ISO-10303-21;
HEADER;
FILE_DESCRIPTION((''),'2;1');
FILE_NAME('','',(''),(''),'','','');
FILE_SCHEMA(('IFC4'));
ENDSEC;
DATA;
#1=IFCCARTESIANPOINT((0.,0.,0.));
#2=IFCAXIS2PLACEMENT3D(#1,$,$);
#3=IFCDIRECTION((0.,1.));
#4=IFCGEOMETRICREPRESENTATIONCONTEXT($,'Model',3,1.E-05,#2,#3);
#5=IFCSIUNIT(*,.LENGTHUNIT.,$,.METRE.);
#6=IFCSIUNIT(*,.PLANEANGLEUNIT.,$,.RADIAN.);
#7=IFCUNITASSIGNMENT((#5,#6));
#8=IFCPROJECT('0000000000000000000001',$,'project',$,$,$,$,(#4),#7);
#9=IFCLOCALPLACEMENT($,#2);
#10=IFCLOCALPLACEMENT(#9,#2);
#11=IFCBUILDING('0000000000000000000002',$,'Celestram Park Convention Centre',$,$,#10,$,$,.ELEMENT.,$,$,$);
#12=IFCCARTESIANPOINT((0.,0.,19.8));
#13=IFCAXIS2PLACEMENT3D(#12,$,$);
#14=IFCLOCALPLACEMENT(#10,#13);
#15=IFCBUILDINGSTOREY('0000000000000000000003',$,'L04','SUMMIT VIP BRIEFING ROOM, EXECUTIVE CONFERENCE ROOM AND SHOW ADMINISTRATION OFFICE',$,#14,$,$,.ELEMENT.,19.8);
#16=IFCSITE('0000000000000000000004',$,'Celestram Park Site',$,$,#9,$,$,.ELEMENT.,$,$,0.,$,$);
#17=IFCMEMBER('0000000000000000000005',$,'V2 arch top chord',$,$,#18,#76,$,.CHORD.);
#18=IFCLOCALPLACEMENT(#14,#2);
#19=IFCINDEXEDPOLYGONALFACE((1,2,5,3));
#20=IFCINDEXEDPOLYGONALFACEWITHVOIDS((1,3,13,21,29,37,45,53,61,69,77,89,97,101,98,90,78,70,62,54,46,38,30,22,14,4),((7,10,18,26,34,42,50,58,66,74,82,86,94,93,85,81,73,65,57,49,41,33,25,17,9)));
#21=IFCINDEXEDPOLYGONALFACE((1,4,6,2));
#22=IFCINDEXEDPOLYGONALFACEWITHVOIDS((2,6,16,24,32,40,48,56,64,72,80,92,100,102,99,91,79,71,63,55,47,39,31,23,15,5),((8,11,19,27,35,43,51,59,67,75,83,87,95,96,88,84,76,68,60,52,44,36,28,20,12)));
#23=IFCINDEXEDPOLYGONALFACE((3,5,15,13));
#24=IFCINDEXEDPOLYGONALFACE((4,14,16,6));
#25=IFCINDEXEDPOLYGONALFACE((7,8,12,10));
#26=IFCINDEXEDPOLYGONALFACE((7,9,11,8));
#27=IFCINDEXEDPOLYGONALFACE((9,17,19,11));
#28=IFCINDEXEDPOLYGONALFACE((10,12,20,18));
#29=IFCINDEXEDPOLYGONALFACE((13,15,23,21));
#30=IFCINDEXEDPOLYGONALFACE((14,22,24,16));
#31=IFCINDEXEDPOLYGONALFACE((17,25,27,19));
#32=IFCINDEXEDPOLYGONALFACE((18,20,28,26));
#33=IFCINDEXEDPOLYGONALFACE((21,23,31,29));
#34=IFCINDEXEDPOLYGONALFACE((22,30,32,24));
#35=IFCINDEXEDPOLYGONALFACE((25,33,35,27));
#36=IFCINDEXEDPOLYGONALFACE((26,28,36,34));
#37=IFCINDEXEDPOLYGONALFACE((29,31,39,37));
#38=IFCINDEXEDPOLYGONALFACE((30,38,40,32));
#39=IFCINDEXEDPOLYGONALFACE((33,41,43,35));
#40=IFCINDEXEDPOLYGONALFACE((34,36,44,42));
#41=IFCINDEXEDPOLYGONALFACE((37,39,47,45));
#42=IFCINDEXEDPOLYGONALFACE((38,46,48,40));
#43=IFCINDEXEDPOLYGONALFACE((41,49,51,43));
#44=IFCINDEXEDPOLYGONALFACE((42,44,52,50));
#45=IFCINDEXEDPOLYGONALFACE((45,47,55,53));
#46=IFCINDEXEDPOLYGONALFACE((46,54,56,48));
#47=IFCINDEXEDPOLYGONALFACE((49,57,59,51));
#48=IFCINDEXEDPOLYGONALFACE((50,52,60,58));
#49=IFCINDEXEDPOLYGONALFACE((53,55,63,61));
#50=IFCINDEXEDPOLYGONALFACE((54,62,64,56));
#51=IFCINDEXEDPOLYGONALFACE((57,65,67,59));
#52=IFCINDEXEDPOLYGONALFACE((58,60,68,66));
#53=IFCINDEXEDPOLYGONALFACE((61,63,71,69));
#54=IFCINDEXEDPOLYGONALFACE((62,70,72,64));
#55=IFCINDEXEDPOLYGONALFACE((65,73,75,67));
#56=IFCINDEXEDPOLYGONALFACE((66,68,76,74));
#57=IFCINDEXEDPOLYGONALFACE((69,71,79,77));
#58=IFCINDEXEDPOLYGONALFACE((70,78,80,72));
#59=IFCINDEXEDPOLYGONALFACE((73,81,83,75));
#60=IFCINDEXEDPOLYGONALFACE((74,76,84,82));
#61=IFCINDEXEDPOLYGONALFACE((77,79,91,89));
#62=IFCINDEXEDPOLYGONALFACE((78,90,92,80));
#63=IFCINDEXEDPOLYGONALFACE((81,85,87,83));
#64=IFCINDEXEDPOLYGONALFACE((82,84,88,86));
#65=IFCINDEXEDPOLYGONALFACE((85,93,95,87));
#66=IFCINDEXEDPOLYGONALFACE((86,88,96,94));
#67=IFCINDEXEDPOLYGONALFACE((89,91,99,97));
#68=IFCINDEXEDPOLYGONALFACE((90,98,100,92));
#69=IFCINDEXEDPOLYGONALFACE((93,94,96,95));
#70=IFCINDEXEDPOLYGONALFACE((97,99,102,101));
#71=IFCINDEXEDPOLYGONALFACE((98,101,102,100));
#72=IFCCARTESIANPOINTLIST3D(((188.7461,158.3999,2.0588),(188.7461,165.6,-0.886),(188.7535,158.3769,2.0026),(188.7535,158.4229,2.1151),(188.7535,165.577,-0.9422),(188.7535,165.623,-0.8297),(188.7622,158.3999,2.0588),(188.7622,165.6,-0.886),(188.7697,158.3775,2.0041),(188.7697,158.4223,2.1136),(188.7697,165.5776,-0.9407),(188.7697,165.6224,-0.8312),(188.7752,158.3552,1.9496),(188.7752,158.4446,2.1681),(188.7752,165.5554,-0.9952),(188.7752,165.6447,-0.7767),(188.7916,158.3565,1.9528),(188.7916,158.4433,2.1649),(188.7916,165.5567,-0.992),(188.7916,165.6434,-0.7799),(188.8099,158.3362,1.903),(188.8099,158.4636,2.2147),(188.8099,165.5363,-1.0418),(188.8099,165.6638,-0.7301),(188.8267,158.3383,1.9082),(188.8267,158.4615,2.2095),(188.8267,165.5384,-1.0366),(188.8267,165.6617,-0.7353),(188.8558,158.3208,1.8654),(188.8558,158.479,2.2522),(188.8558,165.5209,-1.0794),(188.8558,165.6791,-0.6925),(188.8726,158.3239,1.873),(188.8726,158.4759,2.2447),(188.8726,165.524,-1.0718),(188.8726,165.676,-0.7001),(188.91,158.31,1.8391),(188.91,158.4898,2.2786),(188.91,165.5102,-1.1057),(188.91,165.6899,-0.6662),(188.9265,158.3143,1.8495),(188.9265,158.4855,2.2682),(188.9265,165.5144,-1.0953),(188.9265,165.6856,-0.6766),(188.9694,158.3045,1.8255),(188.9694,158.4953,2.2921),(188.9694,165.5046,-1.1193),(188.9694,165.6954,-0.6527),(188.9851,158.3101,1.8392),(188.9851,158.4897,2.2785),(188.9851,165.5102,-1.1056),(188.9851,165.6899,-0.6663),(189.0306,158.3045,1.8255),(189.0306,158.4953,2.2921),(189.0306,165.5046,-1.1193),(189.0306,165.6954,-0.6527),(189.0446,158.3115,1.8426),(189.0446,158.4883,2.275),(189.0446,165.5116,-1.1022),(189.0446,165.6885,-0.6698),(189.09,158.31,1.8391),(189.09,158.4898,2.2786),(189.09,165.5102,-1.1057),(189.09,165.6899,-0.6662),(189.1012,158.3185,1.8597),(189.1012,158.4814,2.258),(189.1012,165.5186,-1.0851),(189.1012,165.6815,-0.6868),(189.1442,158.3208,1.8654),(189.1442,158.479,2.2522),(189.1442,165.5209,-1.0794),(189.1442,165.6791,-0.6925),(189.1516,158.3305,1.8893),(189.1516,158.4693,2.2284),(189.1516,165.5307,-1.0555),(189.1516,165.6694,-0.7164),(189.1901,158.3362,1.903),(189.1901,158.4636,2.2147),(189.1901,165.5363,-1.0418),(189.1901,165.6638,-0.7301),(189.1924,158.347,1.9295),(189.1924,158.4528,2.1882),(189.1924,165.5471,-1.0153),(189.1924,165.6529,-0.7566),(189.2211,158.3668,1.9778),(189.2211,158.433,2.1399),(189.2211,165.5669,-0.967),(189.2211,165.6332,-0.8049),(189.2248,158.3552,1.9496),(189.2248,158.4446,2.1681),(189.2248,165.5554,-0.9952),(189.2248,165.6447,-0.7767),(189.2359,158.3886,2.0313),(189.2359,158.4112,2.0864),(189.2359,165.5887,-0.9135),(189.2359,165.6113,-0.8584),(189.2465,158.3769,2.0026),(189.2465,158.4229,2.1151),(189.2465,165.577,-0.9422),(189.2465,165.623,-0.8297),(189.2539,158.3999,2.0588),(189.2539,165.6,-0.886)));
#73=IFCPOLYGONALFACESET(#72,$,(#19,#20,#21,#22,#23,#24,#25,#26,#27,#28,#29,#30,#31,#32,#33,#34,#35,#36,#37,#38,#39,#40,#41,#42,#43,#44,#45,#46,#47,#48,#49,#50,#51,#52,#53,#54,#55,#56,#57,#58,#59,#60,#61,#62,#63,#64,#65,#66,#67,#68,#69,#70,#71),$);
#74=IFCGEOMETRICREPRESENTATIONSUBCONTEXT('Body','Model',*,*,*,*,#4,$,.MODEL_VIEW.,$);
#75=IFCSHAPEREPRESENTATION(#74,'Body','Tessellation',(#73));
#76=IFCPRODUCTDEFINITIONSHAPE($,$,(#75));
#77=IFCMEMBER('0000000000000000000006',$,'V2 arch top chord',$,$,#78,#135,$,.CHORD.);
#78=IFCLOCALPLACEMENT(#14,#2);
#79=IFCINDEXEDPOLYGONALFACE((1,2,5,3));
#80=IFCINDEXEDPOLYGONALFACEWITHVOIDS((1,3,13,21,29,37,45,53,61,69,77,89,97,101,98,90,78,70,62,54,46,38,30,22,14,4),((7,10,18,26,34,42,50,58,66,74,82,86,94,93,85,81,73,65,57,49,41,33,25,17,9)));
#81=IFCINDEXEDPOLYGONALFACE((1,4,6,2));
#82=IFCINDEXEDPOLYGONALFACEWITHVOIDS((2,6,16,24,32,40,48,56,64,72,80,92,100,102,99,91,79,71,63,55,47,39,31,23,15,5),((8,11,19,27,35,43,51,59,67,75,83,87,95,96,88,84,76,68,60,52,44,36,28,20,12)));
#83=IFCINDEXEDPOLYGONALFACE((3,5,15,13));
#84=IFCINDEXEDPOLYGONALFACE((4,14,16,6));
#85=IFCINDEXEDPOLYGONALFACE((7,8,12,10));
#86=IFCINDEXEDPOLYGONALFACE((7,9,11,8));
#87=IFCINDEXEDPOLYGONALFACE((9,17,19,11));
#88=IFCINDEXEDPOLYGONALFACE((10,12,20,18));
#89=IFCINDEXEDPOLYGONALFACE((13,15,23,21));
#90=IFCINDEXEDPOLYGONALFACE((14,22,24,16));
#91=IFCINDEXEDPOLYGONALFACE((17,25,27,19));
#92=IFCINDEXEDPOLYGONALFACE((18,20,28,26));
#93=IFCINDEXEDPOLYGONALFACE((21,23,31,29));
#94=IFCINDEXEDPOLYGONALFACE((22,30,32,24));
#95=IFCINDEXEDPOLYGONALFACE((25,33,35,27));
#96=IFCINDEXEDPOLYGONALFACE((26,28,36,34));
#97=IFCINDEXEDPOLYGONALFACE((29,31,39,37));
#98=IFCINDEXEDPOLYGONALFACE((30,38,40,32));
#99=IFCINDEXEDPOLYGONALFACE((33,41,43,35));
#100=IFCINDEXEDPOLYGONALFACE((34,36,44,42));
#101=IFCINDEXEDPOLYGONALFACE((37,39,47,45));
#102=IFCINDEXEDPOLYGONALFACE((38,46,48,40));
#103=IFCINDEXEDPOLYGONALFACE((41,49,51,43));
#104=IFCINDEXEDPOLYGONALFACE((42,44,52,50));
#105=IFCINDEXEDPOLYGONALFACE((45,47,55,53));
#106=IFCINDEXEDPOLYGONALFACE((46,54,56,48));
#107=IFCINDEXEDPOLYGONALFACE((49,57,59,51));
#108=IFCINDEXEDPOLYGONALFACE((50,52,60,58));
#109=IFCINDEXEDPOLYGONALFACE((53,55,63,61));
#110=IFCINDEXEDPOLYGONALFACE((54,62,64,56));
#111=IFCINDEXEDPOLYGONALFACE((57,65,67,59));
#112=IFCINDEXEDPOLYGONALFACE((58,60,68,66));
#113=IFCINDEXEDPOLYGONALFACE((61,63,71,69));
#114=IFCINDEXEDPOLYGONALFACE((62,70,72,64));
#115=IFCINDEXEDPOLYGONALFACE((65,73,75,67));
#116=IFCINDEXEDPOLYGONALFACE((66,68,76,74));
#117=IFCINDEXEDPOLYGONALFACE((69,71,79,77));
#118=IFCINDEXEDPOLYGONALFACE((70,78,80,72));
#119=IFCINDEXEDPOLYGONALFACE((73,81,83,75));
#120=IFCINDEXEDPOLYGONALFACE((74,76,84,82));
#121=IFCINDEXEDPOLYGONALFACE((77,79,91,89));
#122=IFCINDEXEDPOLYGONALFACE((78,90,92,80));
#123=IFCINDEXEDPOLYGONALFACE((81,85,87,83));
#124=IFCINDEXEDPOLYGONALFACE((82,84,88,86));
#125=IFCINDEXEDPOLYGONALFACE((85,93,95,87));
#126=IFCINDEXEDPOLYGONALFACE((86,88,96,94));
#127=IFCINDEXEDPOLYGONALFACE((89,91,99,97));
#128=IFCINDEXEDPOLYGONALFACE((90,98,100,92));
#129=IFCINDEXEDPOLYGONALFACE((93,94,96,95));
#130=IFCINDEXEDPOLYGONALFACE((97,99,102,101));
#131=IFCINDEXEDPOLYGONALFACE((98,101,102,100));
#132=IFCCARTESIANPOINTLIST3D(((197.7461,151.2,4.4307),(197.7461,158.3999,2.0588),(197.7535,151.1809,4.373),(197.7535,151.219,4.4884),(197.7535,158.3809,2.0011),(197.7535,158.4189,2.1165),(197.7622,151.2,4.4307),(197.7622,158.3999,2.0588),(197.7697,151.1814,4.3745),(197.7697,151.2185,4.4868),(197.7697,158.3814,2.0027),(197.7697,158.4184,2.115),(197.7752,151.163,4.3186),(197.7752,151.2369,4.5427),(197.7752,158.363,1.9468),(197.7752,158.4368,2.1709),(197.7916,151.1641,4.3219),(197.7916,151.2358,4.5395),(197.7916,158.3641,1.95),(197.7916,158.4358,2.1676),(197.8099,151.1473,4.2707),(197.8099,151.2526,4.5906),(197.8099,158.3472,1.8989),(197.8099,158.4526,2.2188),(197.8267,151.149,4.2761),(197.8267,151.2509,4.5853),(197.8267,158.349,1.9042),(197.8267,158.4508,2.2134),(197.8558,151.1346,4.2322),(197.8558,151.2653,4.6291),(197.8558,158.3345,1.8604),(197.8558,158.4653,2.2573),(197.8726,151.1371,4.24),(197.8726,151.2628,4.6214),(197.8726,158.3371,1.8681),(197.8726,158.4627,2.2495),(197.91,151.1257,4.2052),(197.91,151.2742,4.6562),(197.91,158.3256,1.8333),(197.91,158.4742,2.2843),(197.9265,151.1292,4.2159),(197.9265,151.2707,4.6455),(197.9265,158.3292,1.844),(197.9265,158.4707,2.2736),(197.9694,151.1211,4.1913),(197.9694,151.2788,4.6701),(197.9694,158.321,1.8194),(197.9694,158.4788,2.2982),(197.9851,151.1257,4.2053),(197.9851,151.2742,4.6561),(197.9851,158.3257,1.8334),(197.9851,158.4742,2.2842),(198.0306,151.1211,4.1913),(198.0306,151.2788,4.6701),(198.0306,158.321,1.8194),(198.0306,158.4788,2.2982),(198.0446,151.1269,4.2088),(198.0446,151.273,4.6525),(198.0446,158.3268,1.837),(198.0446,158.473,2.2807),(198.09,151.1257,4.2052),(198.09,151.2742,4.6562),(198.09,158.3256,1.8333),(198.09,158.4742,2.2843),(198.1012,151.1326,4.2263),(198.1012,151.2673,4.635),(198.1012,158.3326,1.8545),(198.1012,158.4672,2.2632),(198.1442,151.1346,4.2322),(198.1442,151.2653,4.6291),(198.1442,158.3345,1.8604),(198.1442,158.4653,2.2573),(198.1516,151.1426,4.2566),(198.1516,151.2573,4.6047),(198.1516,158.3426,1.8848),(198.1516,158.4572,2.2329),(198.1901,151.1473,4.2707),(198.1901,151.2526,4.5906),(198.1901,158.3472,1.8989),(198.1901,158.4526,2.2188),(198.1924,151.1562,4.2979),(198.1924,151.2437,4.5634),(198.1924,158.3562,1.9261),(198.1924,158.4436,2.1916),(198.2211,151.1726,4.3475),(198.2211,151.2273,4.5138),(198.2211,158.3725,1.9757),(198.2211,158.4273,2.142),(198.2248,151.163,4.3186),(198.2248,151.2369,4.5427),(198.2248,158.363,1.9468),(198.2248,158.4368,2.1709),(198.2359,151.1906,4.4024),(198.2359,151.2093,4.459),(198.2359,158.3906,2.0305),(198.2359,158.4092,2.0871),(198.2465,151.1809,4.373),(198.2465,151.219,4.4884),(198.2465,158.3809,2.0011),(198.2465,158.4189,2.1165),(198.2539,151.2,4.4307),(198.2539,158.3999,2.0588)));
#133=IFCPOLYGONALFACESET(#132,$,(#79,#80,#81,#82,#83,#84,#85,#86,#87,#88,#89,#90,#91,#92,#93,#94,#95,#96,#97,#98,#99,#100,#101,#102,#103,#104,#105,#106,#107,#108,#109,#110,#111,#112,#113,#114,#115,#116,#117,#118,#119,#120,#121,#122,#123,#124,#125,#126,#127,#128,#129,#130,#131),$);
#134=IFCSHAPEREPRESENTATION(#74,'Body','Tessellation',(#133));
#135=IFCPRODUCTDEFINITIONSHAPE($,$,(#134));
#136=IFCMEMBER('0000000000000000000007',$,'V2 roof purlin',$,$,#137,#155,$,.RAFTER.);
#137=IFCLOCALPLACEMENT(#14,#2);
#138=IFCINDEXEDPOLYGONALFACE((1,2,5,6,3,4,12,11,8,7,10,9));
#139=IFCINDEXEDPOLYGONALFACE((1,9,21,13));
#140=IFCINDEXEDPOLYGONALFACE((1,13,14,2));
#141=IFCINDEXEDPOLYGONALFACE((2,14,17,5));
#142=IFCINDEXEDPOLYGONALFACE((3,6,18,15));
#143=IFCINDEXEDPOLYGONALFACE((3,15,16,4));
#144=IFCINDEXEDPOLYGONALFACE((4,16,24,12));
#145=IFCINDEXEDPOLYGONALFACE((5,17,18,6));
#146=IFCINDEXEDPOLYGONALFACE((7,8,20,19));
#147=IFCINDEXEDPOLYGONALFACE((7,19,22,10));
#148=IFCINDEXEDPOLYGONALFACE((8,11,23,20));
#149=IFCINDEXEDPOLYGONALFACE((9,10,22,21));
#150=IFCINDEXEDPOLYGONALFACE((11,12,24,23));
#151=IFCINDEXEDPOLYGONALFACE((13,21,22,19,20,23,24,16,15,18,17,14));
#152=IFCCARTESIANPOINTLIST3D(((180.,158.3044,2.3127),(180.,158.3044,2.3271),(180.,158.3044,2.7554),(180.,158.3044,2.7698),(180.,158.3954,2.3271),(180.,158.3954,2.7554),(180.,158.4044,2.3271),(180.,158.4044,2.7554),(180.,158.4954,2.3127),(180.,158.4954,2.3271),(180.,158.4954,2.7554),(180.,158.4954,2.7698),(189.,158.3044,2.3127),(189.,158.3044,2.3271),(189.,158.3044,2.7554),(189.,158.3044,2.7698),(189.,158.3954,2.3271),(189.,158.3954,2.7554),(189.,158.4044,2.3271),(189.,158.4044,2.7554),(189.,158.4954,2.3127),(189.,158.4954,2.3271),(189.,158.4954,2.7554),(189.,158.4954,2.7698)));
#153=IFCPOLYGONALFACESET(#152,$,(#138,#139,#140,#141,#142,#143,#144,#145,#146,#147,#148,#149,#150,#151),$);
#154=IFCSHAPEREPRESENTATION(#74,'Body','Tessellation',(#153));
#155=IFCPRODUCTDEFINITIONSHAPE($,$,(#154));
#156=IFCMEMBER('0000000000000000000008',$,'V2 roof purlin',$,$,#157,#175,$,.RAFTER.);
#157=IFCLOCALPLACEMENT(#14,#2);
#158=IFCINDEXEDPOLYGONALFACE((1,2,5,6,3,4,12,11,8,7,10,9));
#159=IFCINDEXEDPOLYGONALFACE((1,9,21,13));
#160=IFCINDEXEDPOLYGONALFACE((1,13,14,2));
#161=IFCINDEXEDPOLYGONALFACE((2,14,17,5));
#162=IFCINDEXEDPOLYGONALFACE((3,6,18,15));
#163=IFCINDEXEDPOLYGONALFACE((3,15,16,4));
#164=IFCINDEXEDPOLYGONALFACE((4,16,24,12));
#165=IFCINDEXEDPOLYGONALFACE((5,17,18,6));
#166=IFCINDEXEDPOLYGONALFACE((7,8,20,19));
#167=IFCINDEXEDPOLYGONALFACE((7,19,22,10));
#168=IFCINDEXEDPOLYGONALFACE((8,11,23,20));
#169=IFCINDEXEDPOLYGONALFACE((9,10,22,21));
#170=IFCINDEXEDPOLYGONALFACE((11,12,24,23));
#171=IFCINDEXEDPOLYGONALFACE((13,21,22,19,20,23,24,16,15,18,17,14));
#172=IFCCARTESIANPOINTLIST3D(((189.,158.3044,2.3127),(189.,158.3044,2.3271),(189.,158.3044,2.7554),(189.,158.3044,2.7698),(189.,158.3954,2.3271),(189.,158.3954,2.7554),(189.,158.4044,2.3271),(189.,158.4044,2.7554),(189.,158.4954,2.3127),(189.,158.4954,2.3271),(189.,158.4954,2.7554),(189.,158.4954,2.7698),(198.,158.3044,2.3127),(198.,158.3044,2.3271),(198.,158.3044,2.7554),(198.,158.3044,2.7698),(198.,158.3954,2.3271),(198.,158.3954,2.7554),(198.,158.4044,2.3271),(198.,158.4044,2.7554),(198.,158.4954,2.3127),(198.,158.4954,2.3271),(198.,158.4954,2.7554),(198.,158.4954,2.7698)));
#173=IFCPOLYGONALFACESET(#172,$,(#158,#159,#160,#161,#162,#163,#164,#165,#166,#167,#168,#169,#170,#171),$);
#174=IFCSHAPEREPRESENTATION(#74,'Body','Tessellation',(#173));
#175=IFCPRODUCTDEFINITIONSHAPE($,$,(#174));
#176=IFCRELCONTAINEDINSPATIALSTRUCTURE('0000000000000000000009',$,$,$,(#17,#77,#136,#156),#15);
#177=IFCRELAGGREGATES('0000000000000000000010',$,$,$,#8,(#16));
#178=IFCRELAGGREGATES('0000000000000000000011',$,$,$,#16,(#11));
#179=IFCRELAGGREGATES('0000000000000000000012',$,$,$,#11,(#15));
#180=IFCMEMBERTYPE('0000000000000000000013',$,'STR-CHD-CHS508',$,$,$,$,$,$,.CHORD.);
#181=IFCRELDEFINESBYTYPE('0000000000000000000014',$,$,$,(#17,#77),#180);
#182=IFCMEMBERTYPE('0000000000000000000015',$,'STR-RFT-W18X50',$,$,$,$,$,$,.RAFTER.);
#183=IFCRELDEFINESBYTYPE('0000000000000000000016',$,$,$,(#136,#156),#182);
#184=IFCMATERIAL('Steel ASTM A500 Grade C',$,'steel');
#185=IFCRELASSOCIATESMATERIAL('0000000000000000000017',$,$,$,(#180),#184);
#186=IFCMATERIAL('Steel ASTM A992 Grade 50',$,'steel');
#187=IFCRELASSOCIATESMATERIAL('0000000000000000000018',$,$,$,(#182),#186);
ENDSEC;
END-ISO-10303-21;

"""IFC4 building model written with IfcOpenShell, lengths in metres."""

from ifc_helpers import new_model, si_unit, direction, frame, origin, origin_2d, place, context, subcontext, project, spatial, hollow_circle, i_section, extrude, material, material_profile, profile_set, type_object, element, save


model = new_model("IFC4")

# Units and contexts
model_context = context("Model", 3, precision=1e-05, world=origin(), true_north=direction((0.0, 1.0)))
body_context = subcontext(model_context, "Body", "Model", "MODEL_VIEW")
ifc_project = project(units=[si_unit("LENGTHUNIT", "METRE"), si_unit("PLANEANGLEUNIT", "RADIAN")], contexts=[model_context])

# Site, building, storey
site_placement = place(None, origin())
site = spatial("IfcSite", under=ifc_project, at=site_placement, Name="Celestram Park Site", CompositionType="ELEMENT", RefElevation=0.0)
building_placement = place(site_placement, origin())
building = spatial("IfcBuilding", under=site, at=building_placement, Name="Celestram Park Convention Centre", CompositionType="ELEMENT")
storey_placement = place(building_placement, frame((0.0, 0.0, 19.8)))
storey = spatial("IfcBuildingStorey", under=building, at=storey_placement, Name="L04", Description="SUMMIT VIP BRIEFING ROOM, EXECUTIVE CONFERENCE ROOM AND SHOW ADMINISTRATION OFFICE", CompositionType="ELEMENT", Elevation=19.8)

# Members
ifc_material_1 = material(Name="Steel ASTM A500 Grade C", Category="steel")
ifc_material_profile_1 = material_profile(ifc_material_1, hollow_circle(Radius=0.2539, WallThickness=0.0161, at=origin_2d()), Name="CHS508X16")
ifc_profile_set_1 = profile_set([ifc_material_profile_1], Name="Steel ASTM A500 Grade C")
member_type_1 = type_object("IfcMemberType", Name="STR-CHD-CHS508", PredefinedType="CHORD", material=ifc_profile_set_1)
member_1_placement = place(storey_placement, frame((189.0, 158.3999, 2.0588), z_axis=(0.0, 0.925579, -0.378555), x_axis=(-1.0, 0.0, 0.0)))
element("IfcMember", 1, at=member_1_placement, inside=storey, type_object=member_type_1, Name="V2 arch top chord", PredefinedType="CHORD", context=body_context, shape_type="SweptSolid", body=[
    extrude(hollow_circle(Radius=0.2539, WallThickness=0.0161, at=origin_2d()), origin(), (0.0, 0.0, 1.0), 7.7791),
])
member_2_placement = place(storey_placement, frame((198.0, 151.2, 4.4307), z_axis=(0.0, 0.949792, -0.312883), x_axis=(-1.0, 0.0, 0.0)))
element("IfcMember", 2, at=member_2_placement, inside=storey, type_object=member_type_1, Name="V2 arch top chord", PredefinedType="CHORD", context=body_context, shape_type="SweptSolid", body=[
    extrude(hollow_circle(Radius=0.2539, WallThickness=0.0161, at=origin_2d()), origin(), (0.0, 0.0, 1.0), 7.5806),
])
ifc_material_2 = material(Name="Steel ASTM A992 Grade 50", Category="steel")
ifc_material_profile_2 = material_profile(ifc_material_2, i_section(OverallWidth=0.1909, OverallDepth=0.457, WebThickness=0.009, FlangeThickness=0.0144, at=origin_2d()), Name="W18X50")
ifc_profile_set_2 = profile_set([ifc_material_profile_2], Name="Steel ASTM A992 Grade 50")
member_type_2 = type_object("IfcMemberType", Name="STR-RFT-W18X50", PredefinedType="RAFTER", material=ifc_profile_set_2)
for number, where, z_axis, x_axis, name in (
    (3, (180.0, 158.3999, 2.5413), (1.0, 0.0, 0.0), (0.0, 1.0, 0.0), "V2 roof purlin"),
    (4, (189.0, 158.3999, 2.5413), (1.0, 0.0, 0.0), (0.0, 1.0, 0.0), "V2 roof purlin"),
):
    element("IfcMember", number, at=place(storey_placement, frame(where, z_axis=z_axis, x_axis=x_axis)), inside=storey, type_object=member_type_2, Name=name, PredefinedType="RAFTER", context=body_context, shape_type="SweptSolid", body=[
        extrude(i_section(OverallWidth=0.1909, OverallDepth=0.457, WebThickness=0.009, FlangeThickness=0.0144, at=origin_2d()), origin(), (0.0, 0.0, 1.0), 9.0),
    ])

save(model, "model.ifc")
